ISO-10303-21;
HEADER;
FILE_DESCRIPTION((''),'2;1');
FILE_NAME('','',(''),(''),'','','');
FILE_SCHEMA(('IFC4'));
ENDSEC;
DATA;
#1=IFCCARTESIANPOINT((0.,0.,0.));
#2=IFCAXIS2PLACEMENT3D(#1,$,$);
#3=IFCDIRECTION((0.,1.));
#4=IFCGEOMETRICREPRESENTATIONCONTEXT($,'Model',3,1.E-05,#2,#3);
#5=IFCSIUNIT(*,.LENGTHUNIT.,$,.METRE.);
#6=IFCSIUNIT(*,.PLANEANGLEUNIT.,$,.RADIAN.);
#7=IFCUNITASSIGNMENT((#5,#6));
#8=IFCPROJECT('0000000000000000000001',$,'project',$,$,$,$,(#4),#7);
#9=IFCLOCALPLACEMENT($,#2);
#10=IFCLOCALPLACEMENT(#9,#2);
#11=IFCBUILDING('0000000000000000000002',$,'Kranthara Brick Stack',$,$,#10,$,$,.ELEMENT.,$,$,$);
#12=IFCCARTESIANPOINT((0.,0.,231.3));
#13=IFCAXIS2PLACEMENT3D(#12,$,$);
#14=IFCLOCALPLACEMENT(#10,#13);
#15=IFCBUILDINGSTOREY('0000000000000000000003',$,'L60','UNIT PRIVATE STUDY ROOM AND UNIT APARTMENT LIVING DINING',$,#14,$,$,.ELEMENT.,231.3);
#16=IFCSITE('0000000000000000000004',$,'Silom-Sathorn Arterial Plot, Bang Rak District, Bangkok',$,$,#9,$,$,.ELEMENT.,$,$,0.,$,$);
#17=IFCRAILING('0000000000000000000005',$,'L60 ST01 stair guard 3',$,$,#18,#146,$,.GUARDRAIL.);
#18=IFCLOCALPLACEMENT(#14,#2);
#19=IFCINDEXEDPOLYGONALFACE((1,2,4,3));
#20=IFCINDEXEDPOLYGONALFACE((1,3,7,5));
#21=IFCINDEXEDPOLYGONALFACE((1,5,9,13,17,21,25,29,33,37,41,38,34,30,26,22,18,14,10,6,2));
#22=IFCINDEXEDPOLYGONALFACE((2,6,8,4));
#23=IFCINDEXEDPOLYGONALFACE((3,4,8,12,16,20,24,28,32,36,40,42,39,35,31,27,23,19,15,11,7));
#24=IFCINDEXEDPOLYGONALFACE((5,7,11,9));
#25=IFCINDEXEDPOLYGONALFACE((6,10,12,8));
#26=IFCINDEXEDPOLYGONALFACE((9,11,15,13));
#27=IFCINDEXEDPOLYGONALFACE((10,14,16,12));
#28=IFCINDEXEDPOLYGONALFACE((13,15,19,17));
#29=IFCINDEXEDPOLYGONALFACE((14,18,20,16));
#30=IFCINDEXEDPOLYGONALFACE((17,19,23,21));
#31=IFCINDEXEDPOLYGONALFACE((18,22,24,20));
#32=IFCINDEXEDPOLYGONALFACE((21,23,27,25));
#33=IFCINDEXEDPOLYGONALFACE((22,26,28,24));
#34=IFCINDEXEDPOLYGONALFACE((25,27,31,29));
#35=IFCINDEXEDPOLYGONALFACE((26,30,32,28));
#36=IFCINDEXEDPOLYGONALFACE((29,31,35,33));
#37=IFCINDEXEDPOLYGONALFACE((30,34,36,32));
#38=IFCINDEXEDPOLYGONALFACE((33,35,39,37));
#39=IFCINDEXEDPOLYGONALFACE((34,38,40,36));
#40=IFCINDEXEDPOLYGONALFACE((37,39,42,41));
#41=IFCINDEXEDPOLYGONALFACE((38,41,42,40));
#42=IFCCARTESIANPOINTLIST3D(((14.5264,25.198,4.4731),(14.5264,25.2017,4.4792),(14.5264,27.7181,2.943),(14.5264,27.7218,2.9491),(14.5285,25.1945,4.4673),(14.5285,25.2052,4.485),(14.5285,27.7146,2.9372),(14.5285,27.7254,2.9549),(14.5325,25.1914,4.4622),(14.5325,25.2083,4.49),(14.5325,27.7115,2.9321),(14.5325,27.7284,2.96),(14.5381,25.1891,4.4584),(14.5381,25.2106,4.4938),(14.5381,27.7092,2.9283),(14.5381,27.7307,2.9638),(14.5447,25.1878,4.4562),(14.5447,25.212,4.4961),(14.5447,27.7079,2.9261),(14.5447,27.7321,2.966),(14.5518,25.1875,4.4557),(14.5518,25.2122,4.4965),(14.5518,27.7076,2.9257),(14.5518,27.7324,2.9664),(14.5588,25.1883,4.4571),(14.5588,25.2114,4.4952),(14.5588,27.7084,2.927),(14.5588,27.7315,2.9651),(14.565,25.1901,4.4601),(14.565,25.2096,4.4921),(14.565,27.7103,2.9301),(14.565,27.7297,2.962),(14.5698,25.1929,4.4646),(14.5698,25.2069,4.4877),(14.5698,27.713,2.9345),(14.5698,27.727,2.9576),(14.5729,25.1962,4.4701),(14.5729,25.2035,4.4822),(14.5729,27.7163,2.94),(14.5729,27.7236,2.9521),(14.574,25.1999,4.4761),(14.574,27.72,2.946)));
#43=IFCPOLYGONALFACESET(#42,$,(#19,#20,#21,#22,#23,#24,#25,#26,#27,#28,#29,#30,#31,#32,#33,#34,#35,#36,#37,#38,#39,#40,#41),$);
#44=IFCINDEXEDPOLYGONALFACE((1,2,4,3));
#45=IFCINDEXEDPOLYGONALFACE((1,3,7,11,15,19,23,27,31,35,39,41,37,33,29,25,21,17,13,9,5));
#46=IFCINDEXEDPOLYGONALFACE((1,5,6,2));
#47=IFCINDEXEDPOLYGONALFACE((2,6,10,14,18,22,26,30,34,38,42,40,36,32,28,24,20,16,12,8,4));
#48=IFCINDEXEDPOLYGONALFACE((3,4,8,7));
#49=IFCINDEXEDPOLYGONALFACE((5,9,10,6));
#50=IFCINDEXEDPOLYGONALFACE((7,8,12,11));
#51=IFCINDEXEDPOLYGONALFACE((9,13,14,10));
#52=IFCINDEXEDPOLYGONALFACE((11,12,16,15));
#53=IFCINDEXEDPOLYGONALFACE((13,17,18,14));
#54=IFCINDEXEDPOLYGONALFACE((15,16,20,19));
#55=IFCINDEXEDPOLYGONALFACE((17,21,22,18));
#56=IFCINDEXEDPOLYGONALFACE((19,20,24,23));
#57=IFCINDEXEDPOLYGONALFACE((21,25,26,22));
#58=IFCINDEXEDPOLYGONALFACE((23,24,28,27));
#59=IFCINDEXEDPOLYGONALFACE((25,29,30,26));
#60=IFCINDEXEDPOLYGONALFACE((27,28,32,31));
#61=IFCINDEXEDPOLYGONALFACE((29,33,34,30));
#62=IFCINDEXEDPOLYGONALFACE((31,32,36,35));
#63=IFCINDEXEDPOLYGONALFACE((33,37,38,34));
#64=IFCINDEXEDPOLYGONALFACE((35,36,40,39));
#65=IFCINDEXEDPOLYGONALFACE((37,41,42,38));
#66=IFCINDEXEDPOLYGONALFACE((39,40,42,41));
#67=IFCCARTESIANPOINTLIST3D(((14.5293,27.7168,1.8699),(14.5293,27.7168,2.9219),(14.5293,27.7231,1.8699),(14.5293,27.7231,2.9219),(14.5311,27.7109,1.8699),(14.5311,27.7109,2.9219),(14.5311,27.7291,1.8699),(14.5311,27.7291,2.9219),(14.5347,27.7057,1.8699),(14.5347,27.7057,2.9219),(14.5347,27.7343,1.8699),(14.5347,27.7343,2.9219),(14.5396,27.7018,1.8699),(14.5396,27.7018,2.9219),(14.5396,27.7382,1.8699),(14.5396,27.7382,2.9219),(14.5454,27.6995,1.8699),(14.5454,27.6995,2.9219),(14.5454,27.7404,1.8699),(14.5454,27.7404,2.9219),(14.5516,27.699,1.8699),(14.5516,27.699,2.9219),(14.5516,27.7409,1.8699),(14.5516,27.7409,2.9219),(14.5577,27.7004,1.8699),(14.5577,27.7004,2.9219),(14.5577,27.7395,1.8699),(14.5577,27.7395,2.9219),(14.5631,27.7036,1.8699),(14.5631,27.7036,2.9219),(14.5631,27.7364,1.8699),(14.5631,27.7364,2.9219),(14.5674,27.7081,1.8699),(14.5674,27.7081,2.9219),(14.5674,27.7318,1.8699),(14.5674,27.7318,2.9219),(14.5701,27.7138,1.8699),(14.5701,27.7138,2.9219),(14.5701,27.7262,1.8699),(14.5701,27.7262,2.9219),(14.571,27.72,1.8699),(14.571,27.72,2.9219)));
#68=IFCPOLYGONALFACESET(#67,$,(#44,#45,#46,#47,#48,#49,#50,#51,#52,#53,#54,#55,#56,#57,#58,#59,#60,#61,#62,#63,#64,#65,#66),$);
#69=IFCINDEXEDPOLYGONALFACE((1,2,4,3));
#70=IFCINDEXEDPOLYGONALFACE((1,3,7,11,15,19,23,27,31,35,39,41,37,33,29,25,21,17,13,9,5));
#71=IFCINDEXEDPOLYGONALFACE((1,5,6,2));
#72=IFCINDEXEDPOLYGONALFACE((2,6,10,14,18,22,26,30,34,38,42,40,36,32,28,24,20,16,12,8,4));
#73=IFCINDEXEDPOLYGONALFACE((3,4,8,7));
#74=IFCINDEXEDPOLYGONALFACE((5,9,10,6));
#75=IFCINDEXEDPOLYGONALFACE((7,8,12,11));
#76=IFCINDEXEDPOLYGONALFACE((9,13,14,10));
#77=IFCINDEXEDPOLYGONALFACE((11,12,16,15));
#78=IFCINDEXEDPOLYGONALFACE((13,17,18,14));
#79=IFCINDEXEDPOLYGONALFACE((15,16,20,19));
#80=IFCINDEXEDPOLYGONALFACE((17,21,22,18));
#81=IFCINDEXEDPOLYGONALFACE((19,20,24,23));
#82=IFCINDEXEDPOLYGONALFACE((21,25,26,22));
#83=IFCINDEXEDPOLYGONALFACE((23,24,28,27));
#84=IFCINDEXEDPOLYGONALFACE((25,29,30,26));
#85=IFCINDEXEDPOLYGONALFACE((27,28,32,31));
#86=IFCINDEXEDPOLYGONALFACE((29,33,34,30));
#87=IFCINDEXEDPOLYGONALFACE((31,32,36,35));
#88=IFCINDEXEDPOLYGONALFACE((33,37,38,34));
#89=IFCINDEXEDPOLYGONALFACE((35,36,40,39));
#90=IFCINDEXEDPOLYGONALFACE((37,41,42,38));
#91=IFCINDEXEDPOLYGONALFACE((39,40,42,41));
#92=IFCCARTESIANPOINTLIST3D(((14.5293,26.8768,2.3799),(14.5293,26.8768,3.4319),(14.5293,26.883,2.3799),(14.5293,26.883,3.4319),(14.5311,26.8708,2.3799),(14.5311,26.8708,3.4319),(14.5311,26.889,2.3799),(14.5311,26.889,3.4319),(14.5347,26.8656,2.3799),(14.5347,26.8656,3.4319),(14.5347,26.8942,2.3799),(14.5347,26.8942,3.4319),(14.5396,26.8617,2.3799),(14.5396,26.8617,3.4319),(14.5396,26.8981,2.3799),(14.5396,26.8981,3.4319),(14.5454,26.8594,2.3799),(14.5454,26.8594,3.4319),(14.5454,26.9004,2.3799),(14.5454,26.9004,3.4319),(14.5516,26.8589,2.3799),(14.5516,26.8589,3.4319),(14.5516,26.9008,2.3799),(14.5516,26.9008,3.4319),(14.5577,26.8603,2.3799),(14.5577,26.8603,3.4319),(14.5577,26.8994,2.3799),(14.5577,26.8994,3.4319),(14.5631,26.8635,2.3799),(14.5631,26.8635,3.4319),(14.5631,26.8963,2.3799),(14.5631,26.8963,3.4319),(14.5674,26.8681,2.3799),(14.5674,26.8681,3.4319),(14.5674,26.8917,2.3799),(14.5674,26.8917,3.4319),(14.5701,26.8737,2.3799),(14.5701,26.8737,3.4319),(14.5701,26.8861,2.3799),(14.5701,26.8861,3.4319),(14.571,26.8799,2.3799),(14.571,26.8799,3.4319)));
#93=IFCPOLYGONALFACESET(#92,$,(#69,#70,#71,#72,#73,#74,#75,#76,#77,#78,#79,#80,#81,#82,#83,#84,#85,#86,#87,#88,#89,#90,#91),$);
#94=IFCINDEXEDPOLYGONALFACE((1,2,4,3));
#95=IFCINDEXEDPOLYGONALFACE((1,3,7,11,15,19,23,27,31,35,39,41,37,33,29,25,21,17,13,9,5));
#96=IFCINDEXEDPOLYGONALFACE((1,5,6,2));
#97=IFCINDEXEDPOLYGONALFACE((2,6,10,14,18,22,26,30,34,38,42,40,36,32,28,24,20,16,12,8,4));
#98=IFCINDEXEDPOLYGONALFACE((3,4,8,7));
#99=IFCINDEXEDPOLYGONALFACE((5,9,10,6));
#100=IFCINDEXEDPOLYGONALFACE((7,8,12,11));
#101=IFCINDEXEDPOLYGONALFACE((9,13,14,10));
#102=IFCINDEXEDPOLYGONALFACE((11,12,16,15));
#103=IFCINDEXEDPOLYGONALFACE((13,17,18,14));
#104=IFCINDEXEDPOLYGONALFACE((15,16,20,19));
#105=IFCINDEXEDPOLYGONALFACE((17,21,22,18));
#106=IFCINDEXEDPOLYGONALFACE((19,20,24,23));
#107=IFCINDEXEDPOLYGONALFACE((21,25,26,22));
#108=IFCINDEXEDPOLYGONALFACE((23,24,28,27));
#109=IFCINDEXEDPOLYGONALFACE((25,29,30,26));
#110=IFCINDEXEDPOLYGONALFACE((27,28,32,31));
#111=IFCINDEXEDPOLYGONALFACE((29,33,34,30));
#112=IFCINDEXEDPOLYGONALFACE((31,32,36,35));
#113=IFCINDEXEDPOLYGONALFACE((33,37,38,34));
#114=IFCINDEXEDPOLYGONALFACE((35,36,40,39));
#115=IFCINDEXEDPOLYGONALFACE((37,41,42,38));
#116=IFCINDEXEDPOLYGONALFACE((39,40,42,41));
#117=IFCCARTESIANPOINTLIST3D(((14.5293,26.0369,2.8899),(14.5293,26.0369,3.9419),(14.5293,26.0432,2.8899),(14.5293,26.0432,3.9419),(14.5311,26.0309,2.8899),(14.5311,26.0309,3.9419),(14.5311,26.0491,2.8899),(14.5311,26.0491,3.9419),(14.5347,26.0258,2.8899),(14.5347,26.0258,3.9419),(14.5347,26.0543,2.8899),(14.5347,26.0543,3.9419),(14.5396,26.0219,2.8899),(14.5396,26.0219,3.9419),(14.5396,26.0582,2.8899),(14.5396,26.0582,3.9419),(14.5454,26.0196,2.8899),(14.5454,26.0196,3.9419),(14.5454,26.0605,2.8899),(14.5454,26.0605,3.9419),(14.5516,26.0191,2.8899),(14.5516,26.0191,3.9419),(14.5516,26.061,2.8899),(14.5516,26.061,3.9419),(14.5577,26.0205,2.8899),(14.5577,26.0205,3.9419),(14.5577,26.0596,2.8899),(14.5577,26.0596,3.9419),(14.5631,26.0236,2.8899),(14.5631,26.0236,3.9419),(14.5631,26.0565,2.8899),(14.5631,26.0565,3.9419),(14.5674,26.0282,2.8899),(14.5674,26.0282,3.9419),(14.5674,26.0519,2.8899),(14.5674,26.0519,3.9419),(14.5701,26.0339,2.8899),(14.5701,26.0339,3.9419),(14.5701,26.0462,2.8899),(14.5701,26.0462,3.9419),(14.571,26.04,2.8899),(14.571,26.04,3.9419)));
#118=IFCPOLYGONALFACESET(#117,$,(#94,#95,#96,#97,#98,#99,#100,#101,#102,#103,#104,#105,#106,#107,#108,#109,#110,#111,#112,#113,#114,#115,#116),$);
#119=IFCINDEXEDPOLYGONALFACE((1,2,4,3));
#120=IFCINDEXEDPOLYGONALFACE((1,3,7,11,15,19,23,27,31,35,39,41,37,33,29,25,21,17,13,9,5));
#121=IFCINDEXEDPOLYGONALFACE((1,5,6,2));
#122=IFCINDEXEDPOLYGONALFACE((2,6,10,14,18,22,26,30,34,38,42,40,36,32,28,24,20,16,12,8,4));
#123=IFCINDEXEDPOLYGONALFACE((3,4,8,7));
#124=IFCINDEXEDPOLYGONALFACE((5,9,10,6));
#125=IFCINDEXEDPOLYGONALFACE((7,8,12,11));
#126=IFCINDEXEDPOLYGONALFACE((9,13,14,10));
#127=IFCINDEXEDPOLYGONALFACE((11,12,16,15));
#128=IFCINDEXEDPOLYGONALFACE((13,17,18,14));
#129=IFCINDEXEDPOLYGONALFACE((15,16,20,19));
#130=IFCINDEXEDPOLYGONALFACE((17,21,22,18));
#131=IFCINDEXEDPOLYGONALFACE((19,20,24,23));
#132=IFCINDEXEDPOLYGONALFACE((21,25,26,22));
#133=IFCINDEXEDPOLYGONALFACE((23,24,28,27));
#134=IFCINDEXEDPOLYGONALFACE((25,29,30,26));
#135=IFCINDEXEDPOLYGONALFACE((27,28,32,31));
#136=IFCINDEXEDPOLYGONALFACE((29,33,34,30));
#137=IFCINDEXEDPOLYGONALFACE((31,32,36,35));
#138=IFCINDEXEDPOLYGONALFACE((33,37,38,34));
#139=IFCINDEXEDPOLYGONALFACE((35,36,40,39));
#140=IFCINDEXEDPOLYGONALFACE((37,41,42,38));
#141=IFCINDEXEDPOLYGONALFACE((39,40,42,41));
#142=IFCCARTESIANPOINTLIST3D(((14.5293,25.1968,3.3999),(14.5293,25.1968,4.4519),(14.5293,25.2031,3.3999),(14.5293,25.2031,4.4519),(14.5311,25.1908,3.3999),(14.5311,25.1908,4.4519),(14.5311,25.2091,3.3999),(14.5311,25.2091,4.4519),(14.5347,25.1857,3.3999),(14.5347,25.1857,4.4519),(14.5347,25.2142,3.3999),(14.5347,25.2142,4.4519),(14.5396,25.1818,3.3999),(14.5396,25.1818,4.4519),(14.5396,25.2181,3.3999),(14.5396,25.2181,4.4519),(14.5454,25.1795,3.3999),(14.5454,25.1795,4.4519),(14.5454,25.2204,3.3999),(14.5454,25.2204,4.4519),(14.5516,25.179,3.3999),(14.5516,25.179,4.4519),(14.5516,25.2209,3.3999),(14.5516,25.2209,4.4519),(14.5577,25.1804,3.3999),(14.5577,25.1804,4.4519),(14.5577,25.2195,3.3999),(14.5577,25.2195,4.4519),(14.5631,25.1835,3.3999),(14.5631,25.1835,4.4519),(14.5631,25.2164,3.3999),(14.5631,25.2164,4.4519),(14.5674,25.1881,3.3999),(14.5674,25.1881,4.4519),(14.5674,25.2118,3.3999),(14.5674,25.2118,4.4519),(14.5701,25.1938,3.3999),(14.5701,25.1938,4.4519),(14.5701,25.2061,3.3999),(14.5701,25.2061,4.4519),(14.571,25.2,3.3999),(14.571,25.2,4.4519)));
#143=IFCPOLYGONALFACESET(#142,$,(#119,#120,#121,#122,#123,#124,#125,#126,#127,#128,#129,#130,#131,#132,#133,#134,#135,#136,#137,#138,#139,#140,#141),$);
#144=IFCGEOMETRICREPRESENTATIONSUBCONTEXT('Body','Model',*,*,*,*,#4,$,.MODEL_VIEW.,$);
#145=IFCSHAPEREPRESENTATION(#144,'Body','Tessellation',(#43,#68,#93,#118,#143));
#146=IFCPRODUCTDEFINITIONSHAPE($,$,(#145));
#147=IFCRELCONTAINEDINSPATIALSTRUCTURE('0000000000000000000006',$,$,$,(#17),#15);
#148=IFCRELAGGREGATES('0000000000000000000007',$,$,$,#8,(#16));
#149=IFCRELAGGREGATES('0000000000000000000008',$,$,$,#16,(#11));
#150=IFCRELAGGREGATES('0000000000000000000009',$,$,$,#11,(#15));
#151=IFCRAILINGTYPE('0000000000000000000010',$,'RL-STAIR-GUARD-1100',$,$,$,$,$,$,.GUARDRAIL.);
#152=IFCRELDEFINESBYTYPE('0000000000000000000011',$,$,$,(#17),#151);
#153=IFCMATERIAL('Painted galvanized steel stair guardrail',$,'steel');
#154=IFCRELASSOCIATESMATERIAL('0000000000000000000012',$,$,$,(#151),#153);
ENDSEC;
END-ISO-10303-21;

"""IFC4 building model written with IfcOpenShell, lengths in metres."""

from ifc_helpers import new_model, si_unit, direction, frame, origin, origin_2d, place, context, subcontext, project, spatial, circle, extrude, material, type_object, element, save


model = new_model("IFC4")

# Units and contexts
model_context = context("Model", 3, precision=1e-05, world=origin(), true_north=direction((0.0, 1.0)))
body_context = subcontext(model_context, "Body", "Model", "MODEL_VIEW")
ifc_project = project(units=[si_unit("LENGTHUNIT", "METRE"), si_unit("PLANEANGLEUNIT", "RADIAN")], contexts=[model_context])

# Site, building, storey
site_placement = place(None, origin())
site = spatial("IfcSite", under=ifc_project, at=site_placement, Name="Silom-Sathorn Arterial Plot, Bang Rak District, Bangkok", CompositionType="ELEMENT", RefElevation=0.0)
building_placement = place(site_placement, origin())
building = spatial("IfcBuilding", under=site, at=building_placement, Name="Kranthara Brick Stack", CompositionType="ELEMENT")
storey_placement = place(building_placement, frame((0.0, 0.0, 231.3)))
storey = spatial("IfcBuildingStorey", under=building, at=storey_placement, Name="L60", Description="UNIT PRIVATE STUDY ROOM AND UNIT APARTMENT LIVING DINING", CompositionType="ELEMENT", Elevation=231.3)

# Railing
ifc_material_1 = material(Name="Painted galvanized steel stair guardrail", Category="steel")
railing_type_1 = type_object("IfcRailingType", Name="RL-STAIR-GUARD-1100", PredefinedType="GUARDRAIL", material=ifc_material_1)
railing_1_placement = place(storey_placement, frame((14.55, 27.72, 1.8699)))
element("IfcRailing", 1, at=railing_1_placement, inside=storey, type_object=railing_type_1, Name="L60 ST01 stair guard 3", PredefinedType="GUARDRAIL", context=body_context, shape_type="SweptSolid", body=[
    extrude(circle(Radius=0.0239, at=origin_2d()), frame((0.0, 0.0, 1.0762), z_axis=(0.0, -0.854785, 0.518982), x_axis=(1.0, 0.0, 0.0)), (0.0, 0.0, 1.0), 2.9482),
    extrude(circle(Radius=0.021, at=origin_2d()), origin(), (0.0, 0.0, 1.0), 1.052),
    extrude(circle(Radius=0.021, at=origin_2d()), frame((0.0, -0.8401, 0.51)), (0.0, 0.0, 1.0), 1.052),
    extrude(circle(Radius=0.021, at=origin_2d()), frame((0.0, -1.6799, 1.02)), (0.0, 0.0, 1.0), 1.052),
    extrude(circle(Radius=0.021, at=origin_2d()), frame((0.0, -2.52, 1.53)), (0.0, 0.0, 1.0), 1.052),
])

save(model, "model.ifc")
